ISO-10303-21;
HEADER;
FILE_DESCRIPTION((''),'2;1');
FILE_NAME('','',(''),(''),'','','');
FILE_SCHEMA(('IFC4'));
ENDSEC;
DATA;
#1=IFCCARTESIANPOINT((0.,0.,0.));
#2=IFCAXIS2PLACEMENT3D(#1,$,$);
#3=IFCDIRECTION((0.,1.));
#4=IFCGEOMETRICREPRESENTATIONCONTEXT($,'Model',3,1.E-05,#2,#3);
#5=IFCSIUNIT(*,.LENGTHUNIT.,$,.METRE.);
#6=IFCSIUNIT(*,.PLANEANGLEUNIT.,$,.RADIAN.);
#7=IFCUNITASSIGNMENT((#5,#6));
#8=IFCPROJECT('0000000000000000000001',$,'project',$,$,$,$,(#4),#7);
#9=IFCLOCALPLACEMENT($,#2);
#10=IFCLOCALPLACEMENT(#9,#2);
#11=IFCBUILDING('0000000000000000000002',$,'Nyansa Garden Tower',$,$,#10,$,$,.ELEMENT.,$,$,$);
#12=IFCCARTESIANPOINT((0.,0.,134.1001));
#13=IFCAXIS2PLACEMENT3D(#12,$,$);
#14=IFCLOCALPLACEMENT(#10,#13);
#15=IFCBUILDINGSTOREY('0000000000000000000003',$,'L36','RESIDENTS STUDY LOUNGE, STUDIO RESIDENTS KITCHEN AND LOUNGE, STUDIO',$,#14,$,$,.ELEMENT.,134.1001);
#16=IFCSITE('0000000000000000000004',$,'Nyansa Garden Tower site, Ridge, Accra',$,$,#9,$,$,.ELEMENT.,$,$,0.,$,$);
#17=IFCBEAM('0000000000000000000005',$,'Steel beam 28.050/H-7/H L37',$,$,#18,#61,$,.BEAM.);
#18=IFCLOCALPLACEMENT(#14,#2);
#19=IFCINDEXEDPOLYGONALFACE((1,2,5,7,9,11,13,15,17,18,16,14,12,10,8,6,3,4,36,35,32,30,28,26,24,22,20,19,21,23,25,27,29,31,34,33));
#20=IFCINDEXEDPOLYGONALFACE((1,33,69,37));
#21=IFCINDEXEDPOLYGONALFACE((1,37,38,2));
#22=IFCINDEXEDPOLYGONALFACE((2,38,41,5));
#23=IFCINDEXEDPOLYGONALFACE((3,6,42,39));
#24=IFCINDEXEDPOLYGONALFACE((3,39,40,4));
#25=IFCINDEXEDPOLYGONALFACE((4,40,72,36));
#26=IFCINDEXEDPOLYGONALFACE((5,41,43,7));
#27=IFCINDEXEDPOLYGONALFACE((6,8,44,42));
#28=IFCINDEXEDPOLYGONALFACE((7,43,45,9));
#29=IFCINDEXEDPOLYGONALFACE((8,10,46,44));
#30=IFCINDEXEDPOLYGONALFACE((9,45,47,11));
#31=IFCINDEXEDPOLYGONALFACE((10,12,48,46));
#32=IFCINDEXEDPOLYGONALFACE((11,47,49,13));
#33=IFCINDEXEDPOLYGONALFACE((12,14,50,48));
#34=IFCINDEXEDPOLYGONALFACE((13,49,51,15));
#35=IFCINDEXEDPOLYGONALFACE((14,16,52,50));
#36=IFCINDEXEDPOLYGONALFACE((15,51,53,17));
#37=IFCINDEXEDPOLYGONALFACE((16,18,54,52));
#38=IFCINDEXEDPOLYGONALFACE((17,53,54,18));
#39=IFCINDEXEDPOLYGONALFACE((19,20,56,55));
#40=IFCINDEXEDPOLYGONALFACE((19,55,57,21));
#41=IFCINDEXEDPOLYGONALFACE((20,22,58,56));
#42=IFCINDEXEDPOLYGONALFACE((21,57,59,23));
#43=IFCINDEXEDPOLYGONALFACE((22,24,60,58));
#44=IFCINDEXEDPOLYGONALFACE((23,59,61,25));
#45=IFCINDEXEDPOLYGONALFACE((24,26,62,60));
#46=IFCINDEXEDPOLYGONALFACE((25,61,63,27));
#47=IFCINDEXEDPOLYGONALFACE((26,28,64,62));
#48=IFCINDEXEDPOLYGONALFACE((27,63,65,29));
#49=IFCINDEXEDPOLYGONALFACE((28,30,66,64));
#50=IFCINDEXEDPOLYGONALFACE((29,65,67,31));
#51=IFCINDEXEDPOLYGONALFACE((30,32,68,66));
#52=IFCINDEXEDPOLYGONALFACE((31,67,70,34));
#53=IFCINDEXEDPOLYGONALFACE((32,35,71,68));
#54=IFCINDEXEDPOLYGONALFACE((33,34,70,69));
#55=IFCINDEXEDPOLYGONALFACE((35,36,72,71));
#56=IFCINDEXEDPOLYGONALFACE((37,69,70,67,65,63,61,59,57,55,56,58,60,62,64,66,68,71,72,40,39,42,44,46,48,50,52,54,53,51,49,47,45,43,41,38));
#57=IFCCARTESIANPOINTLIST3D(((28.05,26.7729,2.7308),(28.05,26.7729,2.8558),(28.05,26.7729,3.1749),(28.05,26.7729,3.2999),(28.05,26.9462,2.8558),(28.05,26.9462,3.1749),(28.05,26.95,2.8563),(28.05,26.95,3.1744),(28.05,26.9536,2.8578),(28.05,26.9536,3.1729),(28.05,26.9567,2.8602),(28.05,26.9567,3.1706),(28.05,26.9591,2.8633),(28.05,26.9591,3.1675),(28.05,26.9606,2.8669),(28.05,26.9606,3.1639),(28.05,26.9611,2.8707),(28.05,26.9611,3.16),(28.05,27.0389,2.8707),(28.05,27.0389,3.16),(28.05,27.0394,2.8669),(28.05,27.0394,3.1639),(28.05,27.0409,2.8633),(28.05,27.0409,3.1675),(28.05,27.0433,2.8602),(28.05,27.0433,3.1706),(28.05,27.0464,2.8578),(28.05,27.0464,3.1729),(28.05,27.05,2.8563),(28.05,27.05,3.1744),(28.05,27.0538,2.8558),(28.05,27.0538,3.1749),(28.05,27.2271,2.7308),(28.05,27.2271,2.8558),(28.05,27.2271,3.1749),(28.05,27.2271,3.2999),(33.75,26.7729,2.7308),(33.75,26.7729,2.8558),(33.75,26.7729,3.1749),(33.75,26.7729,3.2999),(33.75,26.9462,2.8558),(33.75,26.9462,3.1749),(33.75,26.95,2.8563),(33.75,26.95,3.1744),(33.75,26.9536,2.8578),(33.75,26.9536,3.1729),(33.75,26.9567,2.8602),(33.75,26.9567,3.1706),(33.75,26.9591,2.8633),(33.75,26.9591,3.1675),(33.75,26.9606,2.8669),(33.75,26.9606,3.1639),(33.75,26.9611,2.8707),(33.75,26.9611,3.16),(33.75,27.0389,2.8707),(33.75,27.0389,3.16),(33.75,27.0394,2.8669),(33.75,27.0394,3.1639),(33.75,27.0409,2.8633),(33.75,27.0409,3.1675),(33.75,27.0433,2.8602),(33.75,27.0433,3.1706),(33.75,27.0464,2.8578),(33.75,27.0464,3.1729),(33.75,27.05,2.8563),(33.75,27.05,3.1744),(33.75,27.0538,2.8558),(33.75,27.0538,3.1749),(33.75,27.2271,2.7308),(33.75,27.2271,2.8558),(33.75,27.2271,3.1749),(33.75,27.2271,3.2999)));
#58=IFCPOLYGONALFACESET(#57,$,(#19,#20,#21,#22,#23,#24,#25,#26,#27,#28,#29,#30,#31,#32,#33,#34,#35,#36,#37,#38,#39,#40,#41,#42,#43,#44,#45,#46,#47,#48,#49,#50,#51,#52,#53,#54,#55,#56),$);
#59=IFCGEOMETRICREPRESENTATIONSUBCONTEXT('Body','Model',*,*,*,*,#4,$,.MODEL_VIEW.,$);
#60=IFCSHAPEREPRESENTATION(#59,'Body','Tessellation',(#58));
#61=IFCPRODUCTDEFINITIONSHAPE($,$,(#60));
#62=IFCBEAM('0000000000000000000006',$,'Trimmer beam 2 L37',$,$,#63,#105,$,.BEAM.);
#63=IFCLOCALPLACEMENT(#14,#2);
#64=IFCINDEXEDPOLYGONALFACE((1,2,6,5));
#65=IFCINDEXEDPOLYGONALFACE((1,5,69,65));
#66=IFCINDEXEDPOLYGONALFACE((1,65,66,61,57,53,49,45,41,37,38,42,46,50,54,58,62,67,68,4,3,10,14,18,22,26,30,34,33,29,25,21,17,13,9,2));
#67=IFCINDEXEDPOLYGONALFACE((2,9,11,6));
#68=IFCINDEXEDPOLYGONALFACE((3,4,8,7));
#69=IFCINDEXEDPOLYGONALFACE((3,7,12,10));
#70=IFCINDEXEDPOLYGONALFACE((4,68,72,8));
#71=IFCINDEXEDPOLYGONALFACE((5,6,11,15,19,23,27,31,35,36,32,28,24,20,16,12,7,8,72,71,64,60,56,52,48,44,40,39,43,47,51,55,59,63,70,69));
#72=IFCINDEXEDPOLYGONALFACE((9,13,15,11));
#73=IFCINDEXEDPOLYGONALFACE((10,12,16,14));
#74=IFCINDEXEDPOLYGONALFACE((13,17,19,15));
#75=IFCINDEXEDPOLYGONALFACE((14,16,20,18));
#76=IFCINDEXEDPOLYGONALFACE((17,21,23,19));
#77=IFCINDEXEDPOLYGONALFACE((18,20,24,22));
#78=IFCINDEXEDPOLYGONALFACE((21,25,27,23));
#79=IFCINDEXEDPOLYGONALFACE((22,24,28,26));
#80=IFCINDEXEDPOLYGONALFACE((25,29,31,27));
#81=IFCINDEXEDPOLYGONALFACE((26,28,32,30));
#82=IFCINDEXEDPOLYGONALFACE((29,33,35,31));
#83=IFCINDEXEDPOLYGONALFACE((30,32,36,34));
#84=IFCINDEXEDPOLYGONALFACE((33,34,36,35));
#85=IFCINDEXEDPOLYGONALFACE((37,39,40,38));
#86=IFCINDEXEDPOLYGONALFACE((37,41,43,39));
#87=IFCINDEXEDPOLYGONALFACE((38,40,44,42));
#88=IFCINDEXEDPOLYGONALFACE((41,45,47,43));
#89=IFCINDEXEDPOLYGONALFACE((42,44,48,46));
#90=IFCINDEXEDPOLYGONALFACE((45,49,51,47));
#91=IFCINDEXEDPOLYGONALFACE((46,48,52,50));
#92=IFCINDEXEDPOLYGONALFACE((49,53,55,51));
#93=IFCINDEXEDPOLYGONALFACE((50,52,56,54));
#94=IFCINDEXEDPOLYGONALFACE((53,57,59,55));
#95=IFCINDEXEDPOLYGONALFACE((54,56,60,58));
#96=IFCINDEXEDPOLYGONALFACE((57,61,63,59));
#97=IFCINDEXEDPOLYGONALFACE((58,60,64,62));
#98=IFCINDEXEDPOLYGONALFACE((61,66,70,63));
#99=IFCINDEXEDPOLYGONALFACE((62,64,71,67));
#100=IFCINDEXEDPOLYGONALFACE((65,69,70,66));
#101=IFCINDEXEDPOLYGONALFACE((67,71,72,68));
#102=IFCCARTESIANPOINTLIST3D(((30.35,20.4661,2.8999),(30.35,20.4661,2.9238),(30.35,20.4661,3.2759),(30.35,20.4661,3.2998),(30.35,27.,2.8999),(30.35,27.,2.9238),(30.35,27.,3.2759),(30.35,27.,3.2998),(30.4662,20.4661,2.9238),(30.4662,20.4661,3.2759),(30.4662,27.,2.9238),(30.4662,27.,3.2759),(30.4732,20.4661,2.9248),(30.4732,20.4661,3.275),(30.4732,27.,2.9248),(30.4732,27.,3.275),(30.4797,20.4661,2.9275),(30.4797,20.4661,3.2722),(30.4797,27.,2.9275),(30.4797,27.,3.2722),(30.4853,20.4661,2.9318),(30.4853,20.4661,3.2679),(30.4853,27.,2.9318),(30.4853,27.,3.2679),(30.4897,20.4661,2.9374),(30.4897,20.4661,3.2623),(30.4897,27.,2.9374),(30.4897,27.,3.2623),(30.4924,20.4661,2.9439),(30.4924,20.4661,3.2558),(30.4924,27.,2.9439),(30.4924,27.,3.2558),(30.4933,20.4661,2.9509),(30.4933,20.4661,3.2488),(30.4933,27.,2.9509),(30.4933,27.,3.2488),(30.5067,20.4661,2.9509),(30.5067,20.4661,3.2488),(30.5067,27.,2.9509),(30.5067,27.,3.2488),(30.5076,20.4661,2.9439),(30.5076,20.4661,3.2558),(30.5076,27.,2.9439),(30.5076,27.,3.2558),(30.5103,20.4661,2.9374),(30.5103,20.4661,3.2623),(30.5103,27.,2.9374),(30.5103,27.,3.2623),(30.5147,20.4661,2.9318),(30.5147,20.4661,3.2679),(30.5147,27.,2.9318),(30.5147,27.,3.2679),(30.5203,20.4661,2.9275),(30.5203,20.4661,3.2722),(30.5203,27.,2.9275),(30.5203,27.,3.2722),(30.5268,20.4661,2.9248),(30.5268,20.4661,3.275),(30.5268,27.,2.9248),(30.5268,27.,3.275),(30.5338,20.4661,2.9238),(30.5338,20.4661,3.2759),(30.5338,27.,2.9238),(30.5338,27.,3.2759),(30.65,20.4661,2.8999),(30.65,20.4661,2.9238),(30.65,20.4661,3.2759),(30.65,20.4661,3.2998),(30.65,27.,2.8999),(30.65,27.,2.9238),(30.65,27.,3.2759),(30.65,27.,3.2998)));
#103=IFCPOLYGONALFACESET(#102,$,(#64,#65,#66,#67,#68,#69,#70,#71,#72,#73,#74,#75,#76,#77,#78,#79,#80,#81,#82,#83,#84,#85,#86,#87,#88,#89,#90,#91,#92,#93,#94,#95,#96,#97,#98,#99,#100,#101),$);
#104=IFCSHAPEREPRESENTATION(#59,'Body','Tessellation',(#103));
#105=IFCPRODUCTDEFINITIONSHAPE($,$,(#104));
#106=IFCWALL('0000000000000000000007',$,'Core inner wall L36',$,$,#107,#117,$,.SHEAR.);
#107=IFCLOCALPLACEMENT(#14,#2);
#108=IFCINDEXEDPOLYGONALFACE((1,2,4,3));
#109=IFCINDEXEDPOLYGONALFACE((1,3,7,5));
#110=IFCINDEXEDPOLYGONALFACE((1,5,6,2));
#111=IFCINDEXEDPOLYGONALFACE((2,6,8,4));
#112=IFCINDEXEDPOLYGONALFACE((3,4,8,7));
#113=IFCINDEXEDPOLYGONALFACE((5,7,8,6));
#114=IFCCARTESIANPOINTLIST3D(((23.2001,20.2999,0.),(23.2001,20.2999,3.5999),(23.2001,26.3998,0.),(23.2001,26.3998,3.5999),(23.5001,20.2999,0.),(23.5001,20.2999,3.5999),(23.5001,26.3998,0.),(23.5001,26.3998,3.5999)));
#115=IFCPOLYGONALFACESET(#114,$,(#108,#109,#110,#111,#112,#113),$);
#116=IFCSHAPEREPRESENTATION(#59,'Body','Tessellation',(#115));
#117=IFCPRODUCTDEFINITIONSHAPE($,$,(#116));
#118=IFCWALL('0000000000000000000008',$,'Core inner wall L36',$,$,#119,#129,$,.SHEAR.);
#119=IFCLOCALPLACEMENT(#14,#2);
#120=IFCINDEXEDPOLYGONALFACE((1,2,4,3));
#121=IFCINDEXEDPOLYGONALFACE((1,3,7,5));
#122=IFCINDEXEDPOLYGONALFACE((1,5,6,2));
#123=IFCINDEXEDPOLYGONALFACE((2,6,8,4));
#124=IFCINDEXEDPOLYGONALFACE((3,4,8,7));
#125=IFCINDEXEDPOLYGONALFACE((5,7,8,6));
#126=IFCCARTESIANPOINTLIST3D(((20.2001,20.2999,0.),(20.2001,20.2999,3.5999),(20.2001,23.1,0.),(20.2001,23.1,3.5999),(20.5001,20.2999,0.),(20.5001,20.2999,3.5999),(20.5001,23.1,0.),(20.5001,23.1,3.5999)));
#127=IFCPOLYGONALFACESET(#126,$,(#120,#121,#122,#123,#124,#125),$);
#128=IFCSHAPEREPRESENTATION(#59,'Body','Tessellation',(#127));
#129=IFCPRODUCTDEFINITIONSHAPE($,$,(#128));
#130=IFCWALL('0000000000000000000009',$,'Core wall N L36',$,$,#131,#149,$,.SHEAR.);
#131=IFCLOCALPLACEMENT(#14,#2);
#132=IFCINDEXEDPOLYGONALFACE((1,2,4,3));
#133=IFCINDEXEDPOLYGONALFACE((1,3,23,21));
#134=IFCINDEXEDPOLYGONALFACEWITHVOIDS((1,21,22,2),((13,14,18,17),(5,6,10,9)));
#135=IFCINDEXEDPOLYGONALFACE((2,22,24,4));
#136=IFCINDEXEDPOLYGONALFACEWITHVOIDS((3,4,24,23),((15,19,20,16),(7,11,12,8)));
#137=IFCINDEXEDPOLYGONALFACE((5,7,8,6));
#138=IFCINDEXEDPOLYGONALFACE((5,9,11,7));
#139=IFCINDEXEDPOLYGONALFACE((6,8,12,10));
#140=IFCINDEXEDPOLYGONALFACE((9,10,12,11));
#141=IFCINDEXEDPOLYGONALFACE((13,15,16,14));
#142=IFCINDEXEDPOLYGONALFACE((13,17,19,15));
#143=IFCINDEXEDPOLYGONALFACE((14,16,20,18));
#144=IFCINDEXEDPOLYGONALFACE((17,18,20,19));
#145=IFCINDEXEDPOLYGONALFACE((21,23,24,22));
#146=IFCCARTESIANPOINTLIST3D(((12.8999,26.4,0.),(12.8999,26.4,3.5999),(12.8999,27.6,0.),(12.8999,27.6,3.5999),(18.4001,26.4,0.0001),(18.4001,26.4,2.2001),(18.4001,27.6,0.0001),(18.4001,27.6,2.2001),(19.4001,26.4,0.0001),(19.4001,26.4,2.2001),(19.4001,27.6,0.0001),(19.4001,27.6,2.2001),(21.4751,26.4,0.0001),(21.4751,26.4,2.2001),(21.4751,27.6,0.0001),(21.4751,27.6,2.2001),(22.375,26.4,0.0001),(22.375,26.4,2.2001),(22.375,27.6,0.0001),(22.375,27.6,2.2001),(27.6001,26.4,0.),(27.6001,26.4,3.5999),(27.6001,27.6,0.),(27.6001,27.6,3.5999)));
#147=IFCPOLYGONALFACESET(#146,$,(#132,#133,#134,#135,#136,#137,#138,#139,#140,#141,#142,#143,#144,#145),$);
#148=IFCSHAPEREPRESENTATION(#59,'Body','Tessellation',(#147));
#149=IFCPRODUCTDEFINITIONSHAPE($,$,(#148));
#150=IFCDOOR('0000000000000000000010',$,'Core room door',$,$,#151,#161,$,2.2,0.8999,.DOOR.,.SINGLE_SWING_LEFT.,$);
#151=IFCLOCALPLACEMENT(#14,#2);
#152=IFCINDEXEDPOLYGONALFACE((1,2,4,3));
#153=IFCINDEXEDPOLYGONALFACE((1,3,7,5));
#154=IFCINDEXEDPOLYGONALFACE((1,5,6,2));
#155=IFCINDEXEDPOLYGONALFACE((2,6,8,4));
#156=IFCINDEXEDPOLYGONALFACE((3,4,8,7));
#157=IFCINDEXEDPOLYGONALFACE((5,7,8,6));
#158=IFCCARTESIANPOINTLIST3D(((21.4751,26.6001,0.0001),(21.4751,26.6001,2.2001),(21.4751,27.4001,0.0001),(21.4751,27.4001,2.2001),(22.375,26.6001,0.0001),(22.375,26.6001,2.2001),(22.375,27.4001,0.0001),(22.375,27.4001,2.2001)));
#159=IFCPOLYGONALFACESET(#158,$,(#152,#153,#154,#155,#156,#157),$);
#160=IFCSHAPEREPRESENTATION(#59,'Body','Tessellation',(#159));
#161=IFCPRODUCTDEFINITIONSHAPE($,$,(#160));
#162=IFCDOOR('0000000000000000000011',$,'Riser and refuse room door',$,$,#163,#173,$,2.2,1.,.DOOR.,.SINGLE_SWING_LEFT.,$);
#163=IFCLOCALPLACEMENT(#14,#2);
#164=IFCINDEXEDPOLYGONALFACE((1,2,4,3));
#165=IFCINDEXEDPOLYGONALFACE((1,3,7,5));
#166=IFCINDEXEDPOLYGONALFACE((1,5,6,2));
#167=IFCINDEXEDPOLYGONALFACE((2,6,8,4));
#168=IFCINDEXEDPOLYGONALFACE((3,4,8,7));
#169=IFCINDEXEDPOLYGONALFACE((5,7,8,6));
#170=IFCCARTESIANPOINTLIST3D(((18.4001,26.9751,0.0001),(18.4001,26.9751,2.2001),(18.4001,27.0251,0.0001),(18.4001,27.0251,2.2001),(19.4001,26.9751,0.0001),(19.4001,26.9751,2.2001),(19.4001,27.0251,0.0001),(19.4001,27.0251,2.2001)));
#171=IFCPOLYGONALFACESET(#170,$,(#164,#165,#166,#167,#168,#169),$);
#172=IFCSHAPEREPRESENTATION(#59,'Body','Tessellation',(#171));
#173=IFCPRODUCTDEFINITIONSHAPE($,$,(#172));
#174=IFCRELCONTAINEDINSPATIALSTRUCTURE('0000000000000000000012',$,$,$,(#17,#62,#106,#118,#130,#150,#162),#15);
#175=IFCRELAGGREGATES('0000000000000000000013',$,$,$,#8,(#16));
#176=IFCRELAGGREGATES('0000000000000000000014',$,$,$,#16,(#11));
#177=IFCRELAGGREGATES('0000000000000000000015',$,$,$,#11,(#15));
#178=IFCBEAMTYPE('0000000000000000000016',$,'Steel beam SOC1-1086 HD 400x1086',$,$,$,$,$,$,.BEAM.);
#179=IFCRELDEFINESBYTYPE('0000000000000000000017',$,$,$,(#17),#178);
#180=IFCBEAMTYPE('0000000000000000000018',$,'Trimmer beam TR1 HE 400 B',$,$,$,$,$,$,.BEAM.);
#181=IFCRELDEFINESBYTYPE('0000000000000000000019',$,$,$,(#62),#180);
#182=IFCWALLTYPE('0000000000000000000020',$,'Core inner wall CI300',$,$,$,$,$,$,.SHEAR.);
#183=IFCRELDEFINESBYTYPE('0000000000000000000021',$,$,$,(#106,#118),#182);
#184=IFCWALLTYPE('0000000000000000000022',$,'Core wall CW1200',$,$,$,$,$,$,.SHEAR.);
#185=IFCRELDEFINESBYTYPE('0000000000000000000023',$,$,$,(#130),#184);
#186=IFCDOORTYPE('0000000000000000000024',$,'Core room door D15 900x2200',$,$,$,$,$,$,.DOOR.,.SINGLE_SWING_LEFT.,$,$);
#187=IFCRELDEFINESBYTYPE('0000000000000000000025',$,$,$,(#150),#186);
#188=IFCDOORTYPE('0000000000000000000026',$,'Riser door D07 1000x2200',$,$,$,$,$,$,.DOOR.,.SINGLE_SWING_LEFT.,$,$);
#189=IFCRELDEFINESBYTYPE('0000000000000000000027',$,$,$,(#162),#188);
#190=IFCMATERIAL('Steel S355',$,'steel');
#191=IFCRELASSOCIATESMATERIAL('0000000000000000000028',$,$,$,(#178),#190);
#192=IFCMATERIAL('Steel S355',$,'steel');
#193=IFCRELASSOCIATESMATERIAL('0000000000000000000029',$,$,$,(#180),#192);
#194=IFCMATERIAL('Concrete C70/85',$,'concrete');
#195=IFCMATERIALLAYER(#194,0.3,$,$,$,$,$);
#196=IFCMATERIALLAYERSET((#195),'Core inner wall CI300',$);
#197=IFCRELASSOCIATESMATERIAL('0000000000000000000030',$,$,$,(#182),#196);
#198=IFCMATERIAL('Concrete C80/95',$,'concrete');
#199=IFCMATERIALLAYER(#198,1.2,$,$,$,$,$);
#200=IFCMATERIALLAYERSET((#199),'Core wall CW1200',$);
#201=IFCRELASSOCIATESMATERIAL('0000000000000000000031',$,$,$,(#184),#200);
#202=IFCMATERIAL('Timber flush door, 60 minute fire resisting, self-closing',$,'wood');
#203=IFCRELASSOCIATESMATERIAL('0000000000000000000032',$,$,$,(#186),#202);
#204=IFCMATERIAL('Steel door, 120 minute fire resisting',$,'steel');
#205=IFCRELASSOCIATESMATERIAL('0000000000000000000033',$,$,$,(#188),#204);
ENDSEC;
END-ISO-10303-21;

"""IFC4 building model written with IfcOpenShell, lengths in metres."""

from ifc_helpers import new_model, si_unit, direction, frame, frame_2d, origin, origin_2d, place, context, subcontext, project, spatial, rectangle, i_section, extrude, material, layer, layer_set, material_profile, profile_set, type_object, element, fill, save


model = new_model("IFC4")

# Units and contexts
model_context = context("Model", 3, precision=1e-05, world=origin(), true_north=direction((0.0, 1.0)))
body_context = subcontext(model_context, "Body", "Model", "MODEL_VIEW")
ifc_project = project(units=[si_unit("LENGTHUNIT", "METRE"), si_unit("PLANEANGLEUNIT", "RADIAN")], contexts=[model_context])

# Site, building, storey
site_placement = place(None, origin())
site = spatial("IfcSite", under=ifc_project, at=site_placement, Name="Nyansa Garden Tower site, Ridge, Accra", CompositionType="ELEMENT", RefElevation=0.0)
building_placement = place(site_placement, origin())
building = spatial("IfcBuilding", under=site, at=building_placement, Name="Nyansa Garden Tower", CompositionType="ELEMENT")
storey_placement = place(building_placement, frame((0.0, 0.0, 134.1001)))
storey = spatial("IfcBuildingStorey", under=building, at=storey_placement, Name="L36", Description="RESIDENTS STUDY LOUNGE, STUDIO RESIDENTS KITCHEN AND LOUNGE, STUDIO", CompositionType="ELEMENT", Elevation=134.1001)

# Beams
ifc_material_1 = material(Name="Steel S355", Category="steel")
ifc_material_profile_1 = material_profile(ifc_material_1, i_section(OverallWidth=0.4541, OverallDepth=0.5691, WebThickness=0.0779, FlangeThickness=0.125, FilletRadius=0.0149, at=origin_2d()), Name="HD 400x1086")
ifc_profile_set_1 = profile_set([ifc_material_profile_1], Name="Steel S355")
beam_type_1 = type_object("IfcBeamType", Name="Steel beam SOC1-1086 HD 400x1086", PredefinedType="BEAM", material=ifc_profile_set_1)
beam_1_placement = place(storey_placement, frame((28.05, 27.0, 3.0154), z_axis=(1.0, 0.0, 0.0), x_axis=(0.0, 1.0, 0.0)))
element("IfcBeam", 1, at=beam_1_placement, inside=storey, type_object=beam_type_1, Name="Steel beam 28.050/H-7/H L37", PredefinedType="BEAM", context=body_context, shape_type="SweptSolid", body=[
    extrude(i_section(OverallWidth=0.4541, OverallDepth=0.5691, WebThickness=0.0779, FlangeThickness=0.125, FilletRadius=0.0149, at=origin_2d()), origin(), (0.0, 0.0, 1.0), 5.7),
])
ifc_material_2 = material(Name="Steel S355", Category="steel")
ifc_material_profile_2 = material_profile(ifc_material_2, i_section(OverallWidth=0.3, OverallDepth=0.3999, WebThickness=0.0134, FlangeThickness=0.0239, FilletRadius=0.0271, at=origin_2d()), Name="HE 400 B")
ifc_profile_set_2 = profile_set([ifc_material_profile_2], Name="Steel S355")
beam_type_2 = type_object("IfcBeamType", Name="Trimmer beam TR1 HE 400 B", PredefinedType="BEAM", material=ifc_profile_set_2)
beam_2_placement = place(storey_placement, frame((30.5, 20.4661, 3.0999), z_axis=(0.0, 1.0, 0.0), x_axis=(-1.0, 0.0, 0.0)))
element("IfcBeam", 2, at=beam_2_placement, inside=storey, type_object=beam_type_2, Name="Trimmer beam 2 L37", PredefinedType="BEAM", context=body_context, shape_type="SweptSolid", body=[
    extrude(i_section(OverallWidth=0.3, OverallDepth=0.3999, WebThickness=0.0134, FlangeThickness=0.0239, FilletRadius=0.0271, at=origin_2d()), origin(), (0.0, 0.0, 1.0), 6.5339),
])

# Walls
ifc_material_3 = material(Name="Concrete C70/85", Category="concrete")
ifc_layer_1 = layer(ifc_material_3, 0.3)
ifc_layer_set_1 = layer_set([ifc_layer_1], Name="Core inner wall CI300")
wall_type_1 = type_object("IfcWallType", Name="Core inner wall CI300", PredefinedType="SHEAR", material=ifc_layer_set_1)
wall_1_placement = place(storey_placement, frame((23.3501, 20.3, 0.0), z_axis=(0.0, 0.0, 1.0), x_axis=(0.0, 1.0, 0.0)))
element("IfcWall", 3, at=wall_1_placement, inside=storey, type_object=wall_type_1, Name="Core inner wall L36", PredefinedType="SHEAR", context=body_context, shape_type="SweptSolid", body=[
    extrude(rectangle(XDim=6.0999, YDim=0.3, at=frame_2d((3.0498, 0.0))), origin(), (0.0, 0.0, 1.0), 3.5999),
])
wall_2_placement = place(storey_placement, frame((20.3501, 20.3, 0.0), z_axis=(0.0, 0.0, 1.0), x_axis=(0.0, 1.0, 0.0)))
element("IfcWall", 4, at=wall_2_placement, inside=storey, type_object=wall_type_1, Name="Core inner wall L36", PredefinedType="SHEAR", context=body_context, shape_type="SweptSolid", body=[
    extrude(rectangle(XDim=2.8, YDim=0.3, at=frame_2d((1.3999, 0.0))), origin(), (0.0, 0.0, 1.0), 3.5999),
])

# Wall, openings, doors
ifc_material_4 = material(Name="Concrete C80/95", Category="concrete")
ifc_layer_2 = layer(ifc_material_4, 1.2)
ifc_layer_set_2 = layer_set([ifc_layer_2], Name="Core wall CW1200")
wall_type_2 = type_object("IfcWallType", Name="Core wall CW1200", PredefinedType="SHEAR", material=ifc_layer_set_2)
wall_3_placement = place(storey_placement, frame((27.6001, 27.0, 0.0), z_axis=(0.0, 0.0, 1.0), x_axis=(-1.0, 0.0, 0.0)))
wall_3 = element("IfcWall", 5, at=wall_3_placement, inside=storey, type_object=wall_type_2, Name="Core wall N L36", PredefinedType="SHEAR", context=body_context, shape_type="SweptSolid", body=[
    extrude(rectangle(XDim=14.7002, YDim=1.2, at=frame_2d((7.3501, 0.0))), origin(), (0.0, 0.0, 1.0), 3.5999),
])
opening_1_placement = place(wall_3_placement, frame((5.2251, 0.0, 0.0)))
opening_1 = element("IfcOpeningElement", 6, at=opening_1_placement, cuts=wall_3, PredefinedType="OPENING", context=body_context, shape_type="SweptSolid", body=[
    extrude(rectangle(XDim=0.8999, YDim=2.2, at=frame_2d((0.45, 1.1001))), frame((0.0, 0.6099, 0.0), z_axis=(0.0, -1.0, 0.0), x_axis=(1.0, 0.0, 0.0)), (0.0, 0.0, 1.0), 1.22),
])
opening_2_placement = place(wall_3_placement, frame((8.2, 0.0, 0.0)))
opening_2 = element("IfcOpeningElement", 7, at=opening_2_placement, cuts=wall_3, PredefinedType="OPENING", context=body_context, shape_type="SweptSolid", body=[
    extrude(rectangle(XDim=1.0, YDim=2.2, at=frame_2d((0.5, 1.1001))), frame((0.0, 0.6099, 0.0), z_axis=(0.0, -1.0, 0.0), x_axis=(1.0, 0.0, 0.0)), (0.0, 0.0, 1.0), 1.22),
])
ifc_material_5 = material(Name="Timber flush door, 60 minute fire resisting, self-closing", Category="wood")
door_type_1 = type_object("IfcDoorType", Name="Core room door D15 900x2200", OperationType="SINGLE_SWING_LEFT", PredefinedType="DOOR", material=ifc_material_5)
door_1_placement = place(opening_1_placement, origin())
door_1 = element("IfcDoor", 8, at=door_1_placement, inside=storey, type_object=door_type_1, Name="Core room door", OperationType="SINGLE_SWING_LEFT", OverallHeight=2.2, OverallWidth=0.8999, PredefinedType="DOOR", context=body_context, shape_type="SweptSolid", body=[
    extrude(rectangle(XDim=0.8999, YDim=2.2, at=frame_2d((0.45, 1.1001))), frame((0.0, 0.3999, 0.0), z_axis=(0.0, -1.0, 0.0), x_axis=(1.0, 0.0, 0.0)), (0.0, 0.0, 1.0), 0.8),
])
fill(opening_1, door_1)
ifc_material_6 = material(Name="Steel door, 120 minute fire resisting", Category="steel")
door_type_2 = type_object("IfcDoorType", Name="Riser door D07 1000x2200", OperationType="SINGLE_SWING_LEFT", PredefinedType="DOOR", material=ifc_material_6)
door_2_placement = place(opening_2_placement, origin())
door_2 = element("IfcDoor", 9, at=door_2_placement, inside=storey, type_object=door_type_2, Name="Riser and refuse room door", OperationType="SINGLE_SWING_LEFT", OverallHeight=2.2, OverallWidth=1.0, PredefinedType="DOOR", context=body_context, shape_type="SweptSolid", body=[
    extrude(rectangle(XDim=1.0, YDim=2.2, at=frame_2d((0.5, 1.1001))), frame((0.0, 0.0249, 0.0), z_axis=(0.0, -1.0, 0.0), x_axis=(1.0, 0.0, 0.0)), (0.0, 0.0, 1.0), 0.05),
])
fill(opening_2, door_2)

save(model, "model.ifc")
